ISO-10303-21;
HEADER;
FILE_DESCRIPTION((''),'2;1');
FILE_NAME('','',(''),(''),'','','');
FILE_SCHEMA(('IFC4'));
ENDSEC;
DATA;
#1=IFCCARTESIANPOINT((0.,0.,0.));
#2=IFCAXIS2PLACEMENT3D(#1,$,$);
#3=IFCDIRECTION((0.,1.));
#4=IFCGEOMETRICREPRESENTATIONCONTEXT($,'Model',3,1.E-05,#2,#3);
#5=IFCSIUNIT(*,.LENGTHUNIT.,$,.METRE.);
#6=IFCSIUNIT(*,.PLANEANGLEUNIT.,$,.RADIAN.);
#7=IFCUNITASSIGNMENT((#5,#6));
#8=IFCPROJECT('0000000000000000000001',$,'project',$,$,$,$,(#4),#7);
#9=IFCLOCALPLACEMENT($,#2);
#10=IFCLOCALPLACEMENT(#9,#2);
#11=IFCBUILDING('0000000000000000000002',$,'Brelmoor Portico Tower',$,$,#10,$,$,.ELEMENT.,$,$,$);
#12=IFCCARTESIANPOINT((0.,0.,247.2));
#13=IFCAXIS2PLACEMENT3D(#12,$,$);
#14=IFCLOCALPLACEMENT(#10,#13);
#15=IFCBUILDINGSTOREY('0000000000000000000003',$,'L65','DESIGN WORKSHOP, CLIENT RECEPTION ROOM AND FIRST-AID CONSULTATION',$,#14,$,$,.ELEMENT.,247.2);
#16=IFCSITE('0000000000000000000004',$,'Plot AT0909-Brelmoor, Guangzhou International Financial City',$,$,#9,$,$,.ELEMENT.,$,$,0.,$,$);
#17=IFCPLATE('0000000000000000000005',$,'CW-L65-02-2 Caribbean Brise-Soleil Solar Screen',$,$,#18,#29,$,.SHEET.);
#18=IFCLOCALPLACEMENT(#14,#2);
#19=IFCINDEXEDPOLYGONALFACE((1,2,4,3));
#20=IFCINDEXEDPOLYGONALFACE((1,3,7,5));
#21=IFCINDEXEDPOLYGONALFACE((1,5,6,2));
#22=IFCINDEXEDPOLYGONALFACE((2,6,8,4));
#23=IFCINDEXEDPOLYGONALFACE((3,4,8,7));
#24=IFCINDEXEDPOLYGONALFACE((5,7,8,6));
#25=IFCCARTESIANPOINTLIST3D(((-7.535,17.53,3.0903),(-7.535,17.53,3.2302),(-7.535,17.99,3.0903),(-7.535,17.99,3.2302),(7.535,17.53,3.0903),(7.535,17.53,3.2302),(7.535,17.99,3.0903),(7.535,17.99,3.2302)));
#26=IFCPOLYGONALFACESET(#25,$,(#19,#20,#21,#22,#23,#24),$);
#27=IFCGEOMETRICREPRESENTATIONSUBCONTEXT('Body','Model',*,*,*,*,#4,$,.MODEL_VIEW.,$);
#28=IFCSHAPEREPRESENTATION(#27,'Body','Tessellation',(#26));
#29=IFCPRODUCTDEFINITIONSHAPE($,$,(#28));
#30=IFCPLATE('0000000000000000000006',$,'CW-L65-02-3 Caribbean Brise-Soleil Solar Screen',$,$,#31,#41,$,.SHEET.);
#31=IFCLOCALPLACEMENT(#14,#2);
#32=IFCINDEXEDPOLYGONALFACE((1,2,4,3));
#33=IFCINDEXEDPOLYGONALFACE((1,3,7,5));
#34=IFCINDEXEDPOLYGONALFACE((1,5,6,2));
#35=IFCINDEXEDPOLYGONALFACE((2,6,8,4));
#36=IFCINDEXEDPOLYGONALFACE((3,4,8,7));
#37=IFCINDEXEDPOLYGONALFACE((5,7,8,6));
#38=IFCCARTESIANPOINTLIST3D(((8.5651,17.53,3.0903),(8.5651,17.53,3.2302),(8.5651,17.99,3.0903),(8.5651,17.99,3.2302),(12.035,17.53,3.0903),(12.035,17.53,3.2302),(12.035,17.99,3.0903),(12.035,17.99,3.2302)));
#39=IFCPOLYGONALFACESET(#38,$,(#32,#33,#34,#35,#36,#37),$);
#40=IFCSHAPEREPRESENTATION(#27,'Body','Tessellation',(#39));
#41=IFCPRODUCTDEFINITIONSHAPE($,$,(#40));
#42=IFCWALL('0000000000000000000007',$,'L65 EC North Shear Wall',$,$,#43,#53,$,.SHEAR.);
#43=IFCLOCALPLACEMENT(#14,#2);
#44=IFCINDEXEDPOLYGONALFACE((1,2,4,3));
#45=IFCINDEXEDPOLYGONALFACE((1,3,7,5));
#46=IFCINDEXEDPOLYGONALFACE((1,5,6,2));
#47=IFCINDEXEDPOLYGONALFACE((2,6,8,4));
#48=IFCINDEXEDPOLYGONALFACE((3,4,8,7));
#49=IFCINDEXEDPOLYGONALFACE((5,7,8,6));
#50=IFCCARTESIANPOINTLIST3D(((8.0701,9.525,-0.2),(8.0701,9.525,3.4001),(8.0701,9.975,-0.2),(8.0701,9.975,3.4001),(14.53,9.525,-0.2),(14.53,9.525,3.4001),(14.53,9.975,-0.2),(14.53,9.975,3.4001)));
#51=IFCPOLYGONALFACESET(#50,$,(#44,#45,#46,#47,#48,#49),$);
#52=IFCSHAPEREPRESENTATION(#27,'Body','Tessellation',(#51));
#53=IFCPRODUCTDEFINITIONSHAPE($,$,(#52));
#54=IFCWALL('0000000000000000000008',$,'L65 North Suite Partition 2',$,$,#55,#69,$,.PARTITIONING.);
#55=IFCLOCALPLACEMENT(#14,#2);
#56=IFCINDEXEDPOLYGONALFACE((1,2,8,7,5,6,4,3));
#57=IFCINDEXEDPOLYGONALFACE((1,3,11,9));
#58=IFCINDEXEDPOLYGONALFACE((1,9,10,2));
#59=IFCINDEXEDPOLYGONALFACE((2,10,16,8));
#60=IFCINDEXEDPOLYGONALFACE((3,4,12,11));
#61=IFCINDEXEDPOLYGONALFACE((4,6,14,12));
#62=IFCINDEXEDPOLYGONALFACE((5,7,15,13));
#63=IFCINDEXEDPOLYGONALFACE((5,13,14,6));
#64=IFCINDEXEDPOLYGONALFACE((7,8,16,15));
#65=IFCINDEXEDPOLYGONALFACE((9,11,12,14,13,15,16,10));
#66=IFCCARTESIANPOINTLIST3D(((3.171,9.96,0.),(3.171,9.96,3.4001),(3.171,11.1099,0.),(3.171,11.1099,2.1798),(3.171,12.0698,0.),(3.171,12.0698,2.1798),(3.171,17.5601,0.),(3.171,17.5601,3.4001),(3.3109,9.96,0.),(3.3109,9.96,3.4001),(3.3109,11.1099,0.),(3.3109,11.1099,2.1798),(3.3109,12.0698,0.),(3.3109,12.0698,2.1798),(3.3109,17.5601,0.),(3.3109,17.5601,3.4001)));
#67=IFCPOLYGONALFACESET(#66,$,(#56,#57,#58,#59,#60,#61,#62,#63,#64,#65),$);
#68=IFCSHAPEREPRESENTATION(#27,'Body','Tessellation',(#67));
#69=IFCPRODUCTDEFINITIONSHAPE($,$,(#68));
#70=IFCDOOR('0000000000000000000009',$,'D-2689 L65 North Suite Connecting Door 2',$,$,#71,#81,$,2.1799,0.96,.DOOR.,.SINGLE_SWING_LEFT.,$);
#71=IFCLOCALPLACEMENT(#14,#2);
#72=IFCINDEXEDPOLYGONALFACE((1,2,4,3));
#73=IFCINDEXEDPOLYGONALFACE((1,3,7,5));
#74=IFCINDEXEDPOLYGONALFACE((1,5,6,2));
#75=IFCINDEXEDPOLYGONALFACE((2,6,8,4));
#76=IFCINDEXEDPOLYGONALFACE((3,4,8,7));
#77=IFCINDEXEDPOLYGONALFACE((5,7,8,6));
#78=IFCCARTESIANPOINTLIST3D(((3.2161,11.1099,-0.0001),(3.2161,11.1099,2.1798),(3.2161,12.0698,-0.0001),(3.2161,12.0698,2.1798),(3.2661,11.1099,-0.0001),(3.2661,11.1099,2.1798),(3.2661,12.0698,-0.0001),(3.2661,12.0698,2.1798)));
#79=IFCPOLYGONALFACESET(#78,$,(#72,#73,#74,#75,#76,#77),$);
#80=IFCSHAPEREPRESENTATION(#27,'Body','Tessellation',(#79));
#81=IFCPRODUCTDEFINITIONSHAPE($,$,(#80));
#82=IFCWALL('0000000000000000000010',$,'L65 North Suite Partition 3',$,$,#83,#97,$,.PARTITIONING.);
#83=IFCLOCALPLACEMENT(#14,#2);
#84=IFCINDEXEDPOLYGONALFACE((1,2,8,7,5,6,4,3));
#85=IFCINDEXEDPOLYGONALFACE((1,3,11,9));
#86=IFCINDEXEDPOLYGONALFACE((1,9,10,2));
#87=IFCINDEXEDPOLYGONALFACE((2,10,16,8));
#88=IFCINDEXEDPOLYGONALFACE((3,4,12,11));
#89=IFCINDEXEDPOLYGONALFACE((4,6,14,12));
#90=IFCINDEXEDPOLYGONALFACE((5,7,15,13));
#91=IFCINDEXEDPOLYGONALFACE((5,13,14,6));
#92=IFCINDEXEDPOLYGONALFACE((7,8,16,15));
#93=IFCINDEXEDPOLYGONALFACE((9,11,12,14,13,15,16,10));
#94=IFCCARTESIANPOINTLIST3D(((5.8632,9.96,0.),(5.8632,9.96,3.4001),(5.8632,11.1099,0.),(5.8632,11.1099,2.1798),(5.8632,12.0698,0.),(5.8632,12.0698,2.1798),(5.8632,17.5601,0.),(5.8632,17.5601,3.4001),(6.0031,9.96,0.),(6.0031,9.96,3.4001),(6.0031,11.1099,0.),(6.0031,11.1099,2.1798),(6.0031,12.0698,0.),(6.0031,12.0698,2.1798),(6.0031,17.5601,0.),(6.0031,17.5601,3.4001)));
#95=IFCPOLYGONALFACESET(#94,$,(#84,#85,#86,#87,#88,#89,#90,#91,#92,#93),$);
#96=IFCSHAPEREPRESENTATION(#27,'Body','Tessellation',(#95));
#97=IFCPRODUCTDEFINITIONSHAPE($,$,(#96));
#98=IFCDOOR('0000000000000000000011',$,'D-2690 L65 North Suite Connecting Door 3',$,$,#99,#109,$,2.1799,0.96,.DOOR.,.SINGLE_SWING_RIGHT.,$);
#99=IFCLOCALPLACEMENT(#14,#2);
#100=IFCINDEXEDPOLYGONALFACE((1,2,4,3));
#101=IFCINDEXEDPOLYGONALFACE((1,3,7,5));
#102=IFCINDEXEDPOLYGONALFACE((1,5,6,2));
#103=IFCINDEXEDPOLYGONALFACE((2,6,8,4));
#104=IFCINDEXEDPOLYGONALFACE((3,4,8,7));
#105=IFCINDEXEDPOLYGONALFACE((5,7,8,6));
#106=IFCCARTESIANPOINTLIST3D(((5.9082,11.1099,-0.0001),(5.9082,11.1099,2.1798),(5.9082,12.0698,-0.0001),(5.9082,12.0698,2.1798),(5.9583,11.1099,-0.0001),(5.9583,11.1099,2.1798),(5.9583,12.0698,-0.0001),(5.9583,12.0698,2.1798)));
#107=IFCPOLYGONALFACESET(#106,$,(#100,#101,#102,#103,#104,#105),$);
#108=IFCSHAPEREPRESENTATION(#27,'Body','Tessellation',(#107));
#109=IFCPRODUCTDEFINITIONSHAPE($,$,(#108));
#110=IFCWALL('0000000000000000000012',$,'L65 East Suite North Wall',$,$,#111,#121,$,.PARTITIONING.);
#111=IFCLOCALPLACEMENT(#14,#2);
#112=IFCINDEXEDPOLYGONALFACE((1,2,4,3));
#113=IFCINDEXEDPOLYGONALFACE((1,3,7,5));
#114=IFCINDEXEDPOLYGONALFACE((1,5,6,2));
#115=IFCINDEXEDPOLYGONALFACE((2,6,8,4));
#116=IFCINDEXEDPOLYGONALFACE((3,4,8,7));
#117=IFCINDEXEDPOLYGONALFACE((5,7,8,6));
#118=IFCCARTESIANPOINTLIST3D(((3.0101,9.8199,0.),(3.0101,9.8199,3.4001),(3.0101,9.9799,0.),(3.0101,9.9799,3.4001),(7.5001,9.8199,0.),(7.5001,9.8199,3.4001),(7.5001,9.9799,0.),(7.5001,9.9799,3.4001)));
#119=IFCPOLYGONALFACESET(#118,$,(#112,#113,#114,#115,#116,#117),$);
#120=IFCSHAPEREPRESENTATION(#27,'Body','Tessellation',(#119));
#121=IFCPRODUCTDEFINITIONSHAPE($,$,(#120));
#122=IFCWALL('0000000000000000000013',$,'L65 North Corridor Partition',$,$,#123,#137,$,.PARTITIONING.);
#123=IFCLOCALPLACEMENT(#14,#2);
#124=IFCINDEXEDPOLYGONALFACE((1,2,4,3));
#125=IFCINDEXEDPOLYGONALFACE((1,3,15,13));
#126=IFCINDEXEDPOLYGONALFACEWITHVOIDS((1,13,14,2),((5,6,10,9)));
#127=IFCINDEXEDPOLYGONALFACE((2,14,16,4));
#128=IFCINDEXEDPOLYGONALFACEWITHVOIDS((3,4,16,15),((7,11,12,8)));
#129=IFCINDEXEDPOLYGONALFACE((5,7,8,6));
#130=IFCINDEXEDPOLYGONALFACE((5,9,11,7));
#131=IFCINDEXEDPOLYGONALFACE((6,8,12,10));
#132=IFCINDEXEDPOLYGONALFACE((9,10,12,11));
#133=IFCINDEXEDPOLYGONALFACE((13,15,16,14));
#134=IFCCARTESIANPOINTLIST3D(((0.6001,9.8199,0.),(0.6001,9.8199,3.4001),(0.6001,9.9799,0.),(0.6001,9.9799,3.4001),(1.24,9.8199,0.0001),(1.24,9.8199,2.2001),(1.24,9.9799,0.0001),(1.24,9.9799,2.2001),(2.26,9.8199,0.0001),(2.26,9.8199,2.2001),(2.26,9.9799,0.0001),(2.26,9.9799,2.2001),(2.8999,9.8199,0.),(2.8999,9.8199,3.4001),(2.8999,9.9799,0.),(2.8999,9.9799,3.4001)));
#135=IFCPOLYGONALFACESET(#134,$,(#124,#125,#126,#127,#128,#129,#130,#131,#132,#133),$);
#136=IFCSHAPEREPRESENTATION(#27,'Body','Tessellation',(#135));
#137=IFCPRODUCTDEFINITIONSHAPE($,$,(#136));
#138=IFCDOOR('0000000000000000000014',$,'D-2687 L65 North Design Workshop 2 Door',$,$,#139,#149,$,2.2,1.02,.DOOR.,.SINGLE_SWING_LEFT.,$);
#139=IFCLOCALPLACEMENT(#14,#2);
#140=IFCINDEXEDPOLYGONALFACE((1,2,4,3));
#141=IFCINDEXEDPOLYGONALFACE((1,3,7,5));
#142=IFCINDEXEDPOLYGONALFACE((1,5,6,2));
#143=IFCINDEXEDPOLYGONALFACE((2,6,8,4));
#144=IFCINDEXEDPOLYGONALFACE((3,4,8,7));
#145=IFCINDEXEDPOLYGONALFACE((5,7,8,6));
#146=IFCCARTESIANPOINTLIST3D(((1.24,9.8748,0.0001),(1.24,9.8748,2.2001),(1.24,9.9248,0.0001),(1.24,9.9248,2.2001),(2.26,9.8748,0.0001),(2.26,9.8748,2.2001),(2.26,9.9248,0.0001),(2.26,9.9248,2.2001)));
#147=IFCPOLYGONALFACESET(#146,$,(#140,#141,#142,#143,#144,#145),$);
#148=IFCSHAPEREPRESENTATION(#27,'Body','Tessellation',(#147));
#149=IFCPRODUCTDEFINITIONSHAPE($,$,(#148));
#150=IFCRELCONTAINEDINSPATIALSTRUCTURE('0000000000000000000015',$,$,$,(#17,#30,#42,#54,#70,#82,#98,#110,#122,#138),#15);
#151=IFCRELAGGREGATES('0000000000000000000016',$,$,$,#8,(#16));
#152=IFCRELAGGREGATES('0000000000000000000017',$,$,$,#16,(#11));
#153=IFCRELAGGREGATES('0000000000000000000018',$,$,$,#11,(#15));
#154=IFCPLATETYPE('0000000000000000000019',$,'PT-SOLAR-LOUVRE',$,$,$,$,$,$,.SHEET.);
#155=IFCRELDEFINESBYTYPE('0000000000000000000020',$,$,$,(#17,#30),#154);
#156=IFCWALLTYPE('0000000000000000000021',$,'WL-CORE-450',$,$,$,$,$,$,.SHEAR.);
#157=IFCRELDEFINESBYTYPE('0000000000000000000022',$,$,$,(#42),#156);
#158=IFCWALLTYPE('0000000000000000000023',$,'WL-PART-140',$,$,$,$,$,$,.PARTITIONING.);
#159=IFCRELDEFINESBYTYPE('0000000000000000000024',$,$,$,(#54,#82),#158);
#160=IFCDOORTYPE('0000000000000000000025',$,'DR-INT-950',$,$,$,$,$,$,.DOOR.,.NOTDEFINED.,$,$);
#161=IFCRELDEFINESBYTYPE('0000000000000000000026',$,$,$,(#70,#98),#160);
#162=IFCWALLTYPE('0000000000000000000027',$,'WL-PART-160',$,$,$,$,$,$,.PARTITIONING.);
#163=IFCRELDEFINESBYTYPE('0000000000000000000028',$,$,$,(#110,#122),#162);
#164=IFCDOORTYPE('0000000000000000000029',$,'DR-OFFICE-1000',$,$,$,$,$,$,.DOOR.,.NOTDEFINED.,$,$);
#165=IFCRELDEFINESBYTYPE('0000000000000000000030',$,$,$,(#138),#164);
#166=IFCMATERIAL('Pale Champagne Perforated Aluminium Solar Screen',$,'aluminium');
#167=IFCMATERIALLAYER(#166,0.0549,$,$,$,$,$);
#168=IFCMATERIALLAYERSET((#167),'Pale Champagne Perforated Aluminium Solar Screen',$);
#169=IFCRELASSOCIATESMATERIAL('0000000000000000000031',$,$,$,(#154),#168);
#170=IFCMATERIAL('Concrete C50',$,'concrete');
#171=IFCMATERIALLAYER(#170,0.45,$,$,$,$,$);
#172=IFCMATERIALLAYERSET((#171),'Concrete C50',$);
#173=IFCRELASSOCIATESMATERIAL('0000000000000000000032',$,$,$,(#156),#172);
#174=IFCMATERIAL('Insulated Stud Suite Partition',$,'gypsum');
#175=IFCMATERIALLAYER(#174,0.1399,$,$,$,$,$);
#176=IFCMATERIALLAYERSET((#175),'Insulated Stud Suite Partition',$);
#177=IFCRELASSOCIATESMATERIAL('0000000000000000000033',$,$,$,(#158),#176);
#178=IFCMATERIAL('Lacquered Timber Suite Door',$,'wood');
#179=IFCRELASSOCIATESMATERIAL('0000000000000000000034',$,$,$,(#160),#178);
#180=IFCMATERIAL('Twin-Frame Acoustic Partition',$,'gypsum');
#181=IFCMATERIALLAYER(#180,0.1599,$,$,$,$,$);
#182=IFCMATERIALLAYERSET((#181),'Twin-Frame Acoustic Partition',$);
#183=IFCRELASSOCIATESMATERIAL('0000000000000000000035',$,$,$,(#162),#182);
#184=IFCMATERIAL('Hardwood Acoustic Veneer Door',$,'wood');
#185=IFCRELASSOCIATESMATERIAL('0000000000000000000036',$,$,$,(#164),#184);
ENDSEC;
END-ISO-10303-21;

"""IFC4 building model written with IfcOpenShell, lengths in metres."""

from ifc_helpers import new_model, si_unit, direction, frame, frame_2d, origin, origin_2d, place, context, subcontext, project, spatial, rectangle, extrude, material, layer, layer_set, type_object, element, fill, save


model = new_model("IFC4")

# Units and contexts
model_context = context("Model", 3, precision=1e-05, world=origin(), true_north=direction((0.0, 1.0)))
body_context = subcontext(model_context, "Body", "Model", "MODEL_VIEW")
ifc_project = project(units=[si_unit("LENGTHUNIT", "METRE"), si_unit("PLANEANGLEUNIT", "RADIAN")], contexts=[model_context])

# Site, building, storey
site_placement = place(None, origin())
site = spatial("IfcSite", under=ifc_project, at=site_placement, Name="Plot AT0909-Brelmoor, Guangzhou International Financial City", CompositionType="ELEMENT", RefElevation=0.0)
building_placement = place(site_placement, origin())
building = spatial("IfcBuilding", under=site, at=building_placement, Name="Brelmoor Portico Tower", CompositionType="ELEMENT")
storey_placement = place(building_placement, frame((0.0, 0.0, 247.2)))
storey = spatial("IfcBuildingStorey", under=building, at=storey_placement, Name="L65", Description="DESIGN WORKSHOP, CLIENT RECEPTION ROOM AND FIRST-AID CONSULTATION", CompositionType="ELEMENT", Elevation=247.2)

# Plates
ifc_material_1 = material(Name="Pale Champagne Perforated Aluminium Solar Screen", Category="aluminium")
ifc_layer_1 = layer(ifc_material_1, 0.0549)
ifc_layer_set_1 = layer_set([ifc_layer_1], Name="Pale Champagne Perforated Aluminium Solar Screen")
plate_type_1 = type_object("IfcPlateType", Name="PT-SOLAR-LOUVRE", PredefinedType="SHEET", material=ifc_layer_set_1)
plate_1_placement = place(storey_placement, frame((0.0, 17.76, 3.0903), z_axis=(0.0, 0.0, 1.0), x_axis=(1.0, 0.0, 0.0)))
element("IfcPlate", 1, at=plate_1_placement, inside=storey, type_object=plate_type_1, Name="CW-L65-02-2 Caribbean Brise-Soleil Solar Screen", PredefinedType="SHEET", context=body_context, shape_type="SweptSolid", body=[
    extrude(rectangle(XDim=15.0701, YDim=0.46, at=origin_2d()), origin(), (0.0, 0.0, 1.0), 0.1399),
])
plate_2_placement = place(storey_placement, frame((10.3, 17.76, 3.0903), z_axis=(0.0, 0.0, 1.0), x_axis=(1.0, 0.0, 0.0)))
element("IfcPlate", 2, at=plate_2_placement, inside=storey, type_object=plate_type_1, Name="CW-L65-02-3 Caribbean Brise-Soleil Solar Screen", PredefinedType="SHEET", context=body_context, shape_type="SweptSolid", body=[
    extrude(rectangle(XDim=3.47, YDim=0.46, at=origin_2d()), origin(), (0.0, 0.0, 1.0), 0.1399),
])

# Wall
ifc_material_2 = material(Name="Concrete C50", Category="concrete")
ifc_layer_2 = layer(ifc_material_2, 0.45)
ifc_layer_set_2 = layer_set([ifc_layer_2], Name="Concrete C50")
wall_type_1 = type_object("IfcWallType", Name="WL-CORE-450", PredefinedType="SHEAR", material=ifc_layer_set_2)
wall_1_placement = place(storey_placement, frame((8.0701, 9.75, -0.2), z_axis=(0.0, 0.0, 1.0), x_axis=(1.0, 0.0, 0.0)))
element("IfcWall", 3, at=wall_1_placement, inside=storey, type_object=wall_type_1, Name="L65 EC North Shear Wall", PredefinedType="SHEAR", context=body_context, shape_type="SweptSolid", body=[
    extrude(rectangle(XDim=6.46, YDim=0.45, at=frame_2d((3.23, 0.0))), origin(), (0.0, 0.0, 1.0), 3.6001),
])

# Walls, openings, doors
ifc_material_3 = material(Name="Insulated Stud Suite Partition", Category="gypsum")
ifc_layer_3 = layer(ifc_material_3, 0.1399)
ifc_layer_set_3 = layer_set([ifc_layer_3], Name="Insulated Stud Suite Partition")
wall_type_2 = type_object("IfcWallType", Name="WL-PART-140", PredefinedType="PARTITIONING", material=ifc_layer_set_3)
wall_2_placement = place(storey_placement, frame((3.241, 9.96, 0.0), z_axis=(0.0, 0.0, 1.0), x_axis=(0.0, 1.0, 0.0)))
wall_2 = element("IfcWall", 4, at=wall_2_placement, inside=storey, type_object=wall_type_2, Name="L65 North Suite Partition 2", PredefinedType="PARTITIONING", context=body_context, shape_type="SweptSolid", body=[
    extrude(rectangle(XDim=7.6001, YDim=0.1399, at=frame_2d((3.8, 0.0))), origin(), (0.0, 0.0, 1.0), 3.4001),
])
opening_1_placement = place(wall_2_placement, frame((1.1499, 0.0, 0.0)))
opening_1 = element("IfcOpeningElement", 5, at=opening_1_placement, cuts=wall_2, PredefinedType="OPENING", context=body_context, shape_type="SweptSolid", body=[
    extrude(rectangle(XDim=0.96, YDim=2.1799, at=frame_2d((0.48, 1.0898))), frame((0.0, 0.0798, 0.0), z_axis=(0.0, -1.0, 0.0), x_axis=(1.0, 0.0, 0.0)), (0.0, 0.0, 1.0), 0.1599),
])
ifc_material_4 = material(Name="Lacquered Timber Suite Door", Category="wood")
door_type_1 = type_object("IfcDoorType", Name="DR-INT-950", OperationType="NOTDEFINED", PredefinedType="DOOR", material=ifc_material_4)
door_1_placement = place(opening_1_placement, origin())
door_1 = element("IfcDoor", 6, at=door_1_placement, inside=storey, type_object=door_type_1, Name="D-2689 L65 North Suite Connecting Door 2", OperationType="SINGLE_SWING_LEFT", OverallHeight=2.1799, OverallWidth=0.96, PredefinedType="DOOR", context=body_context, shape_type="SweptSolid", body=[
    extrude(rectangle(XDim=0.96, YDim=2.1799, at=frame_2d((0.48, 1.0898))), frame((0.0, 0.0249, 0.0), z_axis=(0.0, -1.0, 0.0), x_axis=(1.0, 0.0, 0.0)), (0.0, 0.0, 1.0), 0.05),
])
fill(opening_1, door_1)
wall_3_placement = place(storey_placement, frame((5.9331, 9.96, 0.0), z_axis=(0.0, 0.0, 1.0), x_axis=(0.0, 1.0, 0.0)))
wall_3 = element("IfcWall", 7, at=wall_3_placement, inside=storey, type_object=wall_type_2, Name="L65 North Suite Partition 3", PredefinedType="PARTITIONING", context=body_context, shape_type="SweptSolid", body=[
    extrude(rectangle(XDim=7.6001, YDim=0.1399, at=frame_2d((3.8, 0.0))), origin(), (0.0, 0.0, 1.0), 3.4001),
])
opening_2_placement = place(wall_3_placement, frame((1.1499, 0.0, 0.0)))
opening_2 = element("IfcOpeningElement", 8, at=opening_2_placement, cuts=wall_3, PredefinedType="OPENING", context=body_context, shape_type="SweptSolid", body=[
    extrude(rectangle(XDim=0.96, YDim=2.1799, at=frame_2d((0.48, 1.0898))), frame((0.0, 0.0798, 0.0), z_axis=(0.0, -1.0, 0.0), x_axis=(1.0, 0.0, 0.0)), (0.0, 0.0, 1.0), 0.1599),
])
door_2_placement = place(opening_2_placement, origin())
door_2 = element("IfcDoor", 9, at=door_2_placement, inside=storey, type_object=door_type_1, Name="D-2690 L65 North Suite Connecting Door 3", OperationType="SINGLE_SWING_RIGHT", OverallHeight=2.1799, OverallWidth=0.96, PredefinedType="DOOR", context=body_context, shape_type="SweptSolid", body=[
    extrude(rectangle(XDim=0.96, YDim=2.1799, at=frame_2d((0.48, 1.0898))), frame((0.0, 0.0249, 0.0), z_axis=(0.0, -1.0, 0.0), x_axis=(1.0, 0.0, 0.0)), (0.0, 0.0, 1.0), 0.05),
])
fill(opening_2, door_2)

# Wall
ifc_material_5 = material(Name="Twin-Frame Acoustic Partition", Category="gypsum")
ifc_layer_4 = layer(ifc_material_5, 0.1599)
ifc_layer_set_4 = layer_set([ifc_layer_4], Name="Twin-Frame Acoustic Partition")
wall_type_3 = type_object("IfcWallType", Name="WL-PART-160", PredefinedType="PARTITIONING", material=ifc_layer_set_4)
wall_4_placement = place(storey_placement, frame((3.01, 9.8999, 0.0), z_axis=(0.0, 0.0, 1.0), x_axis=(1.0, 0.0, 0.0)))
element("IfcWall", 10, at=wall_4_placement, inside=storey, type_object=wall_type_3, Name="L65 East Suite North Wall", PredefinedType="PARTITIONING", context=body_context, shape_type="SweptSolid", body=[
    extrude(rectangle(XDim=4.49, YDim=0.1599, at=frame_2d((2.2451, 0.0))), origin(), (0.0, 0.0, 1.0), 3.4001),
])

# Wall, opening, door
wall_5_placement = place(storey_placement, frame((0.6001, 9.8999, 0.0), z_axis=(0.0, 0.0, 1.0), x_axis=(1.0, 0.0, 0.0)))
wall_5 = element("IfcWall", 11, at=wall_5_placement, inside=storey, type_object=wall_type_3, Name="L65 North Corridor Partition", PredefinedType="PARTITIONING", context=body_context, shape_type="SweptSolid", body=[
    extrude(rectangle(XDim=2.2998, YDim=0.1599, at=frame_2d((1.1499, 0.0))), origin(), (0.0, 0.0, 1.0), 3.4001),
])
opening_3_placement = place(wall_5_placement, frame((0.6399, 0.0, 0.0)))
opening_3 = element("IfcOpeningElement", 12, at=opening_3_placement, cuts=wall_5, PredefinedType="OPENING", context=body_context, shape_type="SweptSolid", body=[
    extrude(rectangle(XDim=1.02, YDim=2.2, at=frame_2d((0.51, 1.1001))), frame((0.0, 0.0898, 0.0), z_axis=(0.0, -1.0, 0.0), x_axis=(1.0, 0.0, 0.0)), (0.0, 0.0, 1.0), 0.1799),
])
ifc_material_6 = material(Name="Hardwood Acoustic Veneer Door", Category="wood")
door_type_2 = type_object("IfcDoorType", Name="DR-OFFICE-1000", OperationType="NOTDEFINED", PredefinedType="DOOR", material=ifc_material_6)
door_3_placement = place(opening_3_placement, origin())
door_3 = element("IfcDoor", 13, at=door_3_placement, inside=storey, type_object=door_type_2, Name="D-2687 L65 North Design Workshop 2 Door", OperationType="SINGLE_SWING_LEFT", OverallHeight=2.2, OverallWidth=1.02, PredefinedType="DOOR", context=body_context, shape_type="SweptSolid", body=[
    extrude(rectangle(XDim=1.02, YDim=2.2, at=frame_2d((0.51, 1.1001))), frame((0.0, 0.0249, 0.0), z_axis=(0.0, -1.0, 0.0), x_axis=(1.0, 0.0, 0.0)), (0.0, 0.0, 1.0), 0.05),
])
fill(opening_3, door_3)

save(model, "model.ifc")
